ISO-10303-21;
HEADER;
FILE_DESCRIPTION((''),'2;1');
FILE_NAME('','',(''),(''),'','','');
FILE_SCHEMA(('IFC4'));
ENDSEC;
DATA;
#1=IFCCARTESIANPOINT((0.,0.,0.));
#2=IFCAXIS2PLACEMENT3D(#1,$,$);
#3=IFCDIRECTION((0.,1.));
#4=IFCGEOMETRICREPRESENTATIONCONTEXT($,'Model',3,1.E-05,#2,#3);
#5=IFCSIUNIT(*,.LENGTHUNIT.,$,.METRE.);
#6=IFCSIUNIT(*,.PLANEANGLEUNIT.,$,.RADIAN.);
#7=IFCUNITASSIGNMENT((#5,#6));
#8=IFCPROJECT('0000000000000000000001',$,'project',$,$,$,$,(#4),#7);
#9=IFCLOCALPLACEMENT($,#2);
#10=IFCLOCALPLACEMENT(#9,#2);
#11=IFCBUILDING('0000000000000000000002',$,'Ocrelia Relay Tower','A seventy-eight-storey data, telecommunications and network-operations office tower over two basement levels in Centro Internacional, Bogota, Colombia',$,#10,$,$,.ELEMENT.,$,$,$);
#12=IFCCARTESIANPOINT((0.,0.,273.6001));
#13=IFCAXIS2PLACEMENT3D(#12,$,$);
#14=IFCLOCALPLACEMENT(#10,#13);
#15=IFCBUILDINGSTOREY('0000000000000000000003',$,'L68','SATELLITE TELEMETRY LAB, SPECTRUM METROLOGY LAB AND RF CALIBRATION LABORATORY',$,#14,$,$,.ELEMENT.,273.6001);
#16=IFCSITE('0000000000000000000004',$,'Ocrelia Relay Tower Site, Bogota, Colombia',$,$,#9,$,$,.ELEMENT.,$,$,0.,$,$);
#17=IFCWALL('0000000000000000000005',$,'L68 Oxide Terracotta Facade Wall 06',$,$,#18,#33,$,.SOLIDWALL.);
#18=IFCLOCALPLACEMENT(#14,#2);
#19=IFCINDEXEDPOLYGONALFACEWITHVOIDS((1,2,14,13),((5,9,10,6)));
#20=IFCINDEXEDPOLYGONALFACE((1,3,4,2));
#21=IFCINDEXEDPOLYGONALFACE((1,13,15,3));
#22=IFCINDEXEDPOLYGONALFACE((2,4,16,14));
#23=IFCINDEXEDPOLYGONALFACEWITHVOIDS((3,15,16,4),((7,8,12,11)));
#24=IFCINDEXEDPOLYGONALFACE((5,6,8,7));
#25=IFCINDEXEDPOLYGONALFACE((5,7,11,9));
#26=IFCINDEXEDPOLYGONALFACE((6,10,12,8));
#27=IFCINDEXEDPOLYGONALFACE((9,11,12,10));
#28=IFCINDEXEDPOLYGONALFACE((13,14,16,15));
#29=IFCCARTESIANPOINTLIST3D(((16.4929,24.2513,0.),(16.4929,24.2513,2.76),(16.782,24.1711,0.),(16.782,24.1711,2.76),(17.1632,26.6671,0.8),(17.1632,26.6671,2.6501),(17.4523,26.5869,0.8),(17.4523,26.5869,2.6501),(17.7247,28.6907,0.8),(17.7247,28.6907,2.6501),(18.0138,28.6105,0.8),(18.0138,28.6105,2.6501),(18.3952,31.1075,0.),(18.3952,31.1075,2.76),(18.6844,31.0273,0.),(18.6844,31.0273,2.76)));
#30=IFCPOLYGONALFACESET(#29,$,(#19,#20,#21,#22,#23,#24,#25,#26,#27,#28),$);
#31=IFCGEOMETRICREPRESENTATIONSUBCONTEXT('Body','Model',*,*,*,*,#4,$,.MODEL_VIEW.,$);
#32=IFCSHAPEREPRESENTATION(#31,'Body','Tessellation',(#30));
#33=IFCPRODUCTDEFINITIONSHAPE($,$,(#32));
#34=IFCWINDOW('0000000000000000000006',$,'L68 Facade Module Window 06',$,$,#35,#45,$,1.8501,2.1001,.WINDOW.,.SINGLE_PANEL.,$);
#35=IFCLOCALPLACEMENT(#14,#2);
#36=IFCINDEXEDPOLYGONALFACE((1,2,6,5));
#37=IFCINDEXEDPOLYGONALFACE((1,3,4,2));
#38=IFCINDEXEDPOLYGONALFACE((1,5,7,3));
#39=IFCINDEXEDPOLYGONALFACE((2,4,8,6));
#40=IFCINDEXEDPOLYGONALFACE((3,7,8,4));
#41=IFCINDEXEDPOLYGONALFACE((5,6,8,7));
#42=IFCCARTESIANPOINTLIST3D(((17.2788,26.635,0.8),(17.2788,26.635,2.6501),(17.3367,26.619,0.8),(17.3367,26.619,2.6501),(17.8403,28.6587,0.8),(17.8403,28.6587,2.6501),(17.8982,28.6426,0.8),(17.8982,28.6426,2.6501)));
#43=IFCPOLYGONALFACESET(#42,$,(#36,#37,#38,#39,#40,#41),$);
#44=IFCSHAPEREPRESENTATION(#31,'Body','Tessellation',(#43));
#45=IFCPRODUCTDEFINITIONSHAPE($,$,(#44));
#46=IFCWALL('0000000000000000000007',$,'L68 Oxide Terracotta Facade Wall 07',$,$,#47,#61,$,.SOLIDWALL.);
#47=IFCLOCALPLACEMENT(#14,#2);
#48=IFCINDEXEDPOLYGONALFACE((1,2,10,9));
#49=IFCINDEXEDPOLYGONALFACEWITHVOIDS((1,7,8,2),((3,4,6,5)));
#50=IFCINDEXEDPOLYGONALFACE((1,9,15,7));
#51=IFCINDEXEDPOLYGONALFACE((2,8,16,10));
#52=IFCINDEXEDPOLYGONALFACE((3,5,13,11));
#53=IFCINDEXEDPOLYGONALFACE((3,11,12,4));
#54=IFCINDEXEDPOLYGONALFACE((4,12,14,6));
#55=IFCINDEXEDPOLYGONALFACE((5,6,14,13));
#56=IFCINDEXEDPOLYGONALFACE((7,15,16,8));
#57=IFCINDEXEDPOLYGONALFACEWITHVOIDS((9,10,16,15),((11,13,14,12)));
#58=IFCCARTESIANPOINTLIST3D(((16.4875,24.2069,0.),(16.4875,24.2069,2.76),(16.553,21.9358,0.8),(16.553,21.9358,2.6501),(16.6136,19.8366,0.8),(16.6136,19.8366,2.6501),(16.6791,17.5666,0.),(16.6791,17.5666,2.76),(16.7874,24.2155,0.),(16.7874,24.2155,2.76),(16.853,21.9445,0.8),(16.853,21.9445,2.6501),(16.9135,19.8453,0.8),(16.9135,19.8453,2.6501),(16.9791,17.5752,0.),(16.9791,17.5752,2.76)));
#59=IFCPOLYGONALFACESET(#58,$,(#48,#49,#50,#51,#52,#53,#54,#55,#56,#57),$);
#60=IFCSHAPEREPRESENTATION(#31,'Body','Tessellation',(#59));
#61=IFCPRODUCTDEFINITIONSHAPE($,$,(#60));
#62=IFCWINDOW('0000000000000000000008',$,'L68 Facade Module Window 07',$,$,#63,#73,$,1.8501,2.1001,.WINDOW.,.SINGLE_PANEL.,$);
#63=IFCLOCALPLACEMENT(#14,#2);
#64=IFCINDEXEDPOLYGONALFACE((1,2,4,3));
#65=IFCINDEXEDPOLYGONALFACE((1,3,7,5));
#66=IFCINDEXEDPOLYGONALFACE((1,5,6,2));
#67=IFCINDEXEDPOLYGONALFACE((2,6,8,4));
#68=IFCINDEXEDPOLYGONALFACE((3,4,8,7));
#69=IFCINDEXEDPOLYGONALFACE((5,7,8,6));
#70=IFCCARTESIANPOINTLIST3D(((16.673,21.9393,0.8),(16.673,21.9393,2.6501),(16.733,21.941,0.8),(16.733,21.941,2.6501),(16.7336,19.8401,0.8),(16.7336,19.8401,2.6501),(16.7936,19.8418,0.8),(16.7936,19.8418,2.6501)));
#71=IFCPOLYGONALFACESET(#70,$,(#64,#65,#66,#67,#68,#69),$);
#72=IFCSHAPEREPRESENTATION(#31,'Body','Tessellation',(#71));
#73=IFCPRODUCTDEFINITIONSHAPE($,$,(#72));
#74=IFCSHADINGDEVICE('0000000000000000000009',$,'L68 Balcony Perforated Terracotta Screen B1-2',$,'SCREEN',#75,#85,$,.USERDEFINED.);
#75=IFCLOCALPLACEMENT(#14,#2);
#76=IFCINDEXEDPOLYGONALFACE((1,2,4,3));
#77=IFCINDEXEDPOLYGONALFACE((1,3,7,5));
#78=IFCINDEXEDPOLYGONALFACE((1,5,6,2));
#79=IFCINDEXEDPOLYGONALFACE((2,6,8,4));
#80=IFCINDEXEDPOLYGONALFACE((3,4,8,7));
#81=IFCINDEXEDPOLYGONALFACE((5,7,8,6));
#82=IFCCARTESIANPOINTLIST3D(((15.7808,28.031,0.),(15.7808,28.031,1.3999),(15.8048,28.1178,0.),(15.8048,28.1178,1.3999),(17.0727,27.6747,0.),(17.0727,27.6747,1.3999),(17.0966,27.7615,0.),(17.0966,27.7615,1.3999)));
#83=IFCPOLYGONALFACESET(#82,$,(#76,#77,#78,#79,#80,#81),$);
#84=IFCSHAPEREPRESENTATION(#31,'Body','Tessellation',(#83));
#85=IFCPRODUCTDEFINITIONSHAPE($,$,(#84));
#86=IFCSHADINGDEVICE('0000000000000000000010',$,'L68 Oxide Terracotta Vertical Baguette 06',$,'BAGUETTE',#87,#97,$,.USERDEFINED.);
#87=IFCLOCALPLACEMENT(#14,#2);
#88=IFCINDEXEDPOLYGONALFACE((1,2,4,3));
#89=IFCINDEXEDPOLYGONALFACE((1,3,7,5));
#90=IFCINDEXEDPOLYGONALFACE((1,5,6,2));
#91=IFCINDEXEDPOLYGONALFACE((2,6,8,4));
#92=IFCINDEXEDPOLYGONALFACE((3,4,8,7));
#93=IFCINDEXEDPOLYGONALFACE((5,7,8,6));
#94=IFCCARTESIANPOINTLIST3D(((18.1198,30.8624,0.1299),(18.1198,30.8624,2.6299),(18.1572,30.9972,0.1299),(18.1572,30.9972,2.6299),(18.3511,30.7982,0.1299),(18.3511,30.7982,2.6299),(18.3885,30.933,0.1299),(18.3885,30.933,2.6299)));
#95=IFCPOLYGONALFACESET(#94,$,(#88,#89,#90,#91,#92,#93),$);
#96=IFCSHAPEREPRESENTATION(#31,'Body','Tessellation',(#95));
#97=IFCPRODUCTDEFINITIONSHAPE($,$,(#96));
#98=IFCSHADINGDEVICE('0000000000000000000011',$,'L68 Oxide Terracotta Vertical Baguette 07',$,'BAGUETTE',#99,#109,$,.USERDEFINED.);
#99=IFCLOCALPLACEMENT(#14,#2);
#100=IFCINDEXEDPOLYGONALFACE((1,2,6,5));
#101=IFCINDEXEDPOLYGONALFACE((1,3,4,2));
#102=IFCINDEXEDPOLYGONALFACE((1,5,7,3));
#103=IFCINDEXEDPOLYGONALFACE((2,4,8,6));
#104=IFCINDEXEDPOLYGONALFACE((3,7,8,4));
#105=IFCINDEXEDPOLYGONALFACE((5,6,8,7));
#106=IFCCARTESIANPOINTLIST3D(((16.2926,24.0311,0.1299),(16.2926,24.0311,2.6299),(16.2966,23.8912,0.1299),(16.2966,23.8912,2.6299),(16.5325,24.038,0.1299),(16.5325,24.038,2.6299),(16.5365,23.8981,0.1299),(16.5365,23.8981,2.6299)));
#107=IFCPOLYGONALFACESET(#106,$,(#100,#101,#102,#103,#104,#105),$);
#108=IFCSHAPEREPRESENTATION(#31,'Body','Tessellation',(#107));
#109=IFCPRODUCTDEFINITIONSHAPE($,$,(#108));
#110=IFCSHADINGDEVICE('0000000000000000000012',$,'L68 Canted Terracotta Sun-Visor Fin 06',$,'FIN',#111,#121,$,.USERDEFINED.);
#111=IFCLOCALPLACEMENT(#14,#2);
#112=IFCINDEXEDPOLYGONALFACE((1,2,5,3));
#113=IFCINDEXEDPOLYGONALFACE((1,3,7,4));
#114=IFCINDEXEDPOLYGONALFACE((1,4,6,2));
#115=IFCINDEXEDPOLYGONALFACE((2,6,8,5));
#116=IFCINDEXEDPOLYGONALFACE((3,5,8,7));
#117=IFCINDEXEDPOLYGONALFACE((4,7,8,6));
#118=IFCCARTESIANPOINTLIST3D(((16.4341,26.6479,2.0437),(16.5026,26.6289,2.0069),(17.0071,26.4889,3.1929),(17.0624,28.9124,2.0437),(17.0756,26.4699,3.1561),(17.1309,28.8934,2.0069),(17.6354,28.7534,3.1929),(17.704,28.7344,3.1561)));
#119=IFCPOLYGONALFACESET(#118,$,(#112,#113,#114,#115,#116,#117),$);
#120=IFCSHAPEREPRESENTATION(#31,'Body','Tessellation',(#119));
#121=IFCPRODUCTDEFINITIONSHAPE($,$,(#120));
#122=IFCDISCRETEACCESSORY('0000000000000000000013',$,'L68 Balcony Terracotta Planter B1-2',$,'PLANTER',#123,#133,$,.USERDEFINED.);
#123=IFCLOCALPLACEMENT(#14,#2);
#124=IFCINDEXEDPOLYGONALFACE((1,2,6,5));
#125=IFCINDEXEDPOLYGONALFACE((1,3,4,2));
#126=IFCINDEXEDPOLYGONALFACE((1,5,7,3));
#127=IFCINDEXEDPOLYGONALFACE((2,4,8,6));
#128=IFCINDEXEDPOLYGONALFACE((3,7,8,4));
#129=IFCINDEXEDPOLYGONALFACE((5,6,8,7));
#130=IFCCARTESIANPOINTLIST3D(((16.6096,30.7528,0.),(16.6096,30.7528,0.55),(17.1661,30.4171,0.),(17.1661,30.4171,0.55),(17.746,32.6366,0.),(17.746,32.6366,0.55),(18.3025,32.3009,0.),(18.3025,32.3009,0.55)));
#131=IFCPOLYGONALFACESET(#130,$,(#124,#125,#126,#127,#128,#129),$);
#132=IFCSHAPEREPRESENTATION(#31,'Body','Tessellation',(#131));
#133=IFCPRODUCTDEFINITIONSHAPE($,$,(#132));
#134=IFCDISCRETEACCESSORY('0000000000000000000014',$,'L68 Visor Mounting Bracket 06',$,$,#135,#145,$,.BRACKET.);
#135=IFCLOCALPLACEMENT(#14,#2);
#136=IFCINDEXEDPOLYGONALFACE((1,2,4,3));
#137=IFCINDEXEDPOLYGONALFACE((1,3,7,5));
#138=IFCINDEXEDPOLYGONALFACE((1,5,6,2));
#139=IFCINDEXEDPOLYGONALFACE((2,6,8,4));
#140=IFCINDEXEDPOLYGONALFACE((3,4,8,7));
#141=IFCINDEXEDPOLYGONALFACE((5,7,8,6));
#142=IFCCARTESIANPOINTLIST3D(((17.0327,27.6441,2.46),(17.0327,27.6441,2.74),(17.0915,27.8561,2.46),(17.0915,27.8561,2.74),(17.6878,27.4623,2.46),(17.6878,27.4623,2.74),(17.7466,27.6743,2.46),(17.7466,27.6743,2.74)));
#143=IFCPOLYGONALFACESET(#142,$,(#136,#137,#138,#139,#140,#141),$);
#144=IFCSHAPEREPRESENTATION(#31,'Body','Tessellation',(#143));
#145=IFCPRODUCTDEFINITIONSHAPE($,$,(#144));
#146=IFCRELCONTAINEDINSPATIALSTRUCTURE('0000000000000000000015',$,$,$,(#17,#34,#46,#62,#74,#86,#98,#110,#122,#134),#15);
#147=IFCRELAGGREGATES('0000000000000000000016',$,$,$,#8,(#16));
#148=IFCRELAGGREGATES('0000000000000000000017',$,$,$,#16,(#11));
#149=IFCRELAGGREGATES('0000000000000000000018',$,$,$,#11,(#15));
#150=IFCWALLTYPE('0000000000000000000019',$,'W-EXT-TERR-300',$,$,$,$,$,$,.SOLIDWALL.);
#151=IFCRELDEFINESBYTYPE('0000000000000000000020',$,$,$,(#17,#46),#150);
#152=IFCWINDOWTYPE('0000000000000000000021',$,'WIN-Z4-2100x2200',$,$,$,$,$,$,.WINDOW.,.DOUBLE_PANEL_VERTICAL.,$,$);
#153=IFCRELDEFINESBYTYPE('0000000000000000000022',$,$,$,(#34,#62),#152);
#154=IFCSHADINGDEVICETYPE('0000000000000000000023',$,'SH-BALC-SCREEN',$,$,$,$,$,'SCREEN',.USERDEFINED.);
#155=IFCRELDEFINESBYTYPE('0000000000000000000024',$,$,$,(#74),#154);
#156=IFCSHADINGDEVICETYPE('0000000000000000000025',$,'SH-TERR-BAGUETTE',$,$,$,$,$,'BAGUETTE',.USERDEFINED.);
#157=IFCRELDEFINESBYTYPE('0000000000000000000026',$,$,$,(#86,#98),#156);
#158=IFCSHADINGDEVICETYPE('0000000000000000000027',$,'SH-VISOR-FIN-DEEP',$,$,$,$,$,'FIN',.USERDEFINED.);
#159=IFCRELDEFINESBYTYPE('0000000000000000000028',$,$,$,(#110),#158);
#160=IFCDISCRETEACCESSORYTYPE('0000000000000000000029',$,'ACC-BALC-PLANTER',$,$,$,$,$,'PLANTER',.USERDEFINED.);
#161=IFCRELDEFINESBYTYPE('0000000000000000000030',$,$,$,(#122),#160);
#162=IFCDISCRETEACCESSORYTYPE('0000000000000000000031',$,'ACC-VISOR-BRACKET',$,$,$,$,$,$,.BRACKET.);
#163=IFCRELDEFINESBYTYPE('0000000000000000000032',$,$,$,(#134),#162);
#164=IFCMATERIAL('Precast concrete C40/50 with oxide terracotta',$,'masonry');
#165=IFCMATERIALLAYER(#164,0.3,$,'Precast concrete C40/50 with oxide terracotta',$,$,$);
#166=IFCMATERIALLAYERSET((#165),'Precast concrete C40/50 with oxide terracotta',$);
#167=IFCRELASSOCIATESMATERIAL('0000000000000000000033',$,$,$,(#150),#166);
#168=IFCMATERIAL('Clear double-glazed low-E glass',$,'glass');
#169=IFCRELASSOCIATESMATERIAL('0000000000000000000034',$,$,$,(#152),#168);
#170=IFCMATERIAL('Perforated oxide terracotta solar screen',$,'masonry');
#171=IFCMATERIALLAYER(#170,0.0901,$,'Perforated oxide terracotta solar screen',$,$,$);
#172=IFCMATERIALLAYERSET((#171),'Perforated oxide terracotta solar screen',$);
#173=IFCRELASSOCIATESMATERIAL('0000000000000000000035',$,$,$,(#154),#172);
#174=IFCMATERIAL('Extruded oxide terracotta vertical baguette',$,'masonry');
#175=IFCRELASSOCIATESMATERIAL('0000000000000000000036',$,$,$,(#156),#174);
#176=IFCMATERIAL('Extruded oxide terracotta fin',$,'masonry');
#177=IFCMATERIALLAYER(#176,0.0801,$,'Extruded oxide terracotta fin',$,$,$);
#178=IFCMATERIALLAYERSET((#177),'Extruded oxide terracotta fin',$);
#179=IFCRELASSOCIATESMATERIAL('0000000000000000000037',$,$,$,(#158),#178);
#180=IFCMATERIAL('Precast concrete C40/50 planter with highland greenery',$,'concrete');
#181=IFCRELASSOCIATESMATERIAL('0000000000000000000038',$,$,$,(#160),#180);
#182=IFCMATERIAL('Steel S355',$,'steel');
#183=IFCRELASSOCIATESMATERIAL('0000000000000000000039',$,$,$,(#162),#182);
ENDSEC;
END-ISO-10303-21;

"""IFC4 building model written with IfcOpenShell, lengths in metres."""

from ifc_helpers import new_model, si_unit, direction, frame, frame_2d, origin, origin_2d, place, context, subcontext, project, spatial, rectangle, extrude, material, layer, layer_set, type_object, element, fill, save


model = new_model("IFC4")

# Units and contexts
model_context = context("Model", 3, precision=1e-05, world=origin(), true_north=direction((0.0, 1.0)))
body_context = subcontext(model_context, "Body", "Model", "MODEL_VIEW")
ifc_project = project(units=[si_unit("LENGTHUNIT", "METRE"), si_unit("PLANEANGLEUNIT", "RADIAN")], contexts=[model_context])

# Site, building, storey
site_placement = place(None, origin())
site = spatial("IfcSite", under=ifc_project, at=site_placement, Name="Ocrelia Relay Tower Site, Bogota, Colombia", CompositionType="ELEMENT", RefElevation=0.0)
building_placement = place(site_placement, origin())
building = spatial("IfcBuilding", under=site, at=building_placement, Name="Ocrelia Relay Tower", Description="A seventy-eight-storey data, telecommunications and network-operations office tower over two basement levels in Centro Internacional, Bogota, Colombia", CompositionType="ELEMENT")
storey_placement = place(building_placement, frame((0.0, 0.0, 273.6001)))
storey = spatial("IfcBuildingStorey", under=building, at=storey_placement, Name="L68", Description="SATELLITE TELEMETRY LAB, SPECTRUM METROLOGY LAB AND RF CALIBRATION LABORATORY", CompositionType="ELEMENT", Elevation=273.6001)

# Shared definitions
ifc_material_1 = material(Name="Steel S355", Category="steel")

# Walls, openings, windows
ifc_material_2 = material(Name="Precast concrete C40/50 with oxide terracotta", Category="masonry")
ifc_layer_1 = layer(ifc_material_2, 0.3, Name="Precast concrete C40/50 with oxide terracotta")
ifc_layer_set_1 = layer_set([ifc_layer_1], Name="Precast concrete C40/50 with oxide terracotta")
wall_type_1 = type_object("IfcWallType", Name="W-EXT-TERR-300", PredefinedType="SOLIDWALL", material=ifc_layer_set_1)
wall_1_placement = place(storey_placement, frame((18.5398, 31.0674, 0.0), z_axis=(0.0, 0.0, 1.0), x_axis=(-0.267362, -0.963596, 0.0)))
wall_1 = element("IfcWall", 1, at=wall_1_placement, inside=storey, type_object=wall_type_1, Name="L68 Oxide Terracotta Facade Wall 06", PredefinedType="SOLIDWALL", context=body_context, shape_type="SweptSolid", body=[
    extrude(rectangle(XDim=7.1152, YDim=0.3, at=frame_2d((3.5576, 0.0))), origin(), (0.0, 0.0, 1.0), 2.76),
])
opening_1_placement = place(wall_1_placement, frame((2.5081, 0.0, 0.8)))
opening_1 = element("IfcOpeningElement", 2, at=opening_1_placement, cuts=wall_1, PredefinedType="OPENING", context=body_context, shape_type="SweptSolid", body=[
    extrude(rectangle(XDim=2.1001, YDim=1.8501, at=frame_2d((1.05, 0.925))), frame((0.0, 0.1602, 0.0), z_axis=(0.0, -1.0, 0.0), x_axis=(1.0, 0.0, 0.0)), (0.0, 0.0, 1.0), 0.3201),
])
ifc_material_3 = material(Name="Clear double-glazed low-E glass", Category="glass")
window_type = type_object("IfcWindowType", Name="WIN-Z4-2100x2200", PartitioningType="DOUBLE_PANEL_VERTICAL", PredefinedType="WINDOW", material=ifc_material_3)
window_1_placement = place(opening_1_placement, origin())
window_1 = element("IfcWindow", 3, at=window_1_placement, inside=storey, type_object=window_type, Name="L68 Facade Module Window 06", OverallHeight=1.8501, OverallWidth=2.1001, PartitioningType="SINGLE_PANEL", PredefinedType="WINDOW", context=body_context, shape_type="SweptSolid", body=[
    extrude(rectangle(XDim=2.1001, YDim=1.8501, at=frame_2d((1.05, 0.925))), frame((0.0, 0.03, 0.0), z_axis=(0.0, -1.0, 0.0), x_axis=(1.0, 0.0, 0.0)), (0.0, 0.0, 1.0), 0.0601),
])
fill(opening_1, window_1)
wall_2_placement = place(storey_placement, frame((16.6375, 24.2112, 0.0), z_axis=(0.0, 0.0, 1.0), x_axis=(0.028849, -0.999584, 0.0)))
wall_2 = element("IfcWall", 4, at=wall_2_placement, inside=storey, type_object=wall_type_1, Name="L68 Oxide Terracotta Facade Wall 07", PredefinedType="SOLIDWALL", context=body_context, shape_type="SweptSolid", body=[
    extrude(rectangle(XDim=6.6431, YDim=0.3, at=frame_2d((3.3215, 0.0))), origin(), (0.0, 0.0, 1.0), 2.76),
])
opening_2_placement = place(wall_2_placement, frame((2.272, 0.0, 0.8)))
opening_2 = element("IfcOpeningElement", 5, at=opening_2_placement, cuts=wall_2, PredefinedType="OPENING", context=body_context, shape_type="SweptSolid", body=[
    extrude(rectangle(XDim=2.1001, YDim=1.8501, at=frame_2d((1.05, 0.925))), frame((0.0, 0.1602, 0.0), z_axis=(0.0, -1.0, 0.0), x_axis=(1.0, 0.0, 0.0)), (0.0, 0.0, 1.0), 0.3201),
])
window_2_placement = place(opening_2_placement, origin())
window_2 = element("IfcWindow", 6, at=window_2_placement, inside=storey, type_object=window_type, Name="L68 Facade Module Window 07", OverallHeight=1.8501, OverallWidth=2.1001, PartitioningType="SINGLE_PANEL", PredefinedType="WINDOW", context=body_context, shape_type="SweptSolid", body=[
    extrude(rectangle(XDim=2.1001, YDim=1.8501, at=frame_2d((1.05, 0.925))), frame((0.0, 0.03, 0.0), z_axis=(0.0, -1.0, 0.0), x_axis=(1.0, 0.0, 0.0)), (0.0, 0.0, 1.0), 0.0601),
])
fill(opening_2, window_2)

# Shading devices
ifc_material_4 = material(Name="Perforated oxide terracotta solar screen", Category="masonry")
ifc_layer_2 = layer(ifc_material_4, 0.0901, Name="Perforated oxide terracotta solar screen")
ifc_layer_set_2 = layer_set([ifc_layer_2], Name="Perforated oxide terracotta solar screen")
shading_device_type_1 = type_object("IfcShadingDeviceType", Name="SH-BALC-SCREEN", ElementType="SCREEN", PredefinedType="USERDEFINED", material=ifc_layer_set_2)
shading_device_1_placement = place(storey_placement, frame((16.4387, 27.8962, 0.0), z_axis=(0.0, 0.0, 1.0), x_axis=(-0.964005, 0.265885, 0.0)))
element("IfcShadingDevice", 7, at=shading_device_1_placement, inside=storey, type_object=shading_device_type_1, Name="L68 Balcony Perforated Terracotta Screen B1-2", ObjectType="SCREEN", PredefinedType="USERDEFINED", context=body_context, shape_type="SweptSolid", body=[
    extrude(rectangle(XDim=1.3401, YDim=0.0901, at=origin_2d()), origin(), (0.0, 0.0, 1.0), 1.3999),
])
ifc_material_5 = material(Name="Extruded oxide terracotta vertical baguette", Category="masonry")
shading_device_type_2 = type_object("IfcShadingDeviceType", Name="SH-TERR-BAGUETTE", ElementType="BAGUETTE", PredefinedType="USERDEFINED", material=ifc_material_5)
for number, where, z_axis, x_axis, name in (
    (8, (18.2542, 30.8977, 0.1299), (0.0, 0.0, 1.0), (-0.26737, -0.963594, 0.0), "L68 Oxide Terracotta Vertical Baguette 06"),
    (9, (16.4146, 23.9646, 0.1299), (0.0, 0.0, 1.0), (0.028857, -0.999584, 0.0), "L68 Oxide Terracotta Vertical Baguette 07"),
):
    element("IfcShadingDevice", number, at=place(storey_placement, frame(where, z_axis=z_axis, x_axis=x_axis)), inside=storey, type_object=shading_device_type_2, Name=name, ObjectType="BAGUETTE", PredefinedType="USERDEFINED", context=body_context, shape_type="SweptSolid", body=[
        extrude(rectangle(XDim=0.1399, YDim=0.24, at=origin_2d()), origin(), (0.0, 0.0, 1.0), 2.5),
    ])
ifc_material_6 = material(Name="Extruded oxide terracotta fin", Category="masonry")
ifc_layer_3 = layer(ifc_material_6, 0.0801, Name="Extruded oxide terracotta fin")
ifc_layer_set_3 = layer_set([ifc_layer_3], Name="Extruded oxide terracotta fin")
shading_device_type_3 = type_object("IfcShadingDeviceType", Name="SH-VISOR-FIN-DEEP", ElementType="FIN", PredefinedType="USERDEFINED", material=ifc_layer_set_3)
shading_device_2_placement = place(storey_placement, frame((17.1033, 27.6816, 2.5815), z_axis=(-0.855803, 0.237461, 0.45958), x_axis=(-0.26737, -0.963594, 0.0)))
element("IfcShadingDevice", 10, at=shading_device_2_placement, inside=storey, type_object=shading_device_type_3, Name="L68 Canted Terracotta Sun-Visor Fin 06", ObjectType="FIN", PredefinedType="USERDEFINED", context=body_context, shape_type="SweptSolid", body=[
    extrude(rectangle(XDim=2.3501, YDim=1.2939, at=origin_2d()), origin(), (0.0, 0.0, 1.0), 0.0801),
])

# Discrete accessories
ifc_material_7 = material(Name="Precast concrete C40/50 planter with highland greenery", Category="concrete")
discrete_accessory_type_1 = type_object("IfcDiscreteAccessoryType", Name="ACC-BALC-PLANTER", ElementType="PLANTER", PredefinedType="USERDEFINED", material=ifc_material_7)
discrete_accessory_1_placement = place(storey_placement, frame((17.4561, 31.5269, 0.0), z_axis=(0.0, 0.0, 1.0), x_axis=(0.516531, 0.856268, 0.0)))
element("IfcDiscreteAccessory", 11, at=discrete_accessory_1_placement, inside=storey, type_object=discrete_accessory_type_1, Name="L68 Balcony Terracotta Planter B1-2", ObjectType="PLANTER", PredefinedType="USERDEFINED", context=body_context, shape_type="SweptSolid", body=[
    extrude(rectangle(XDim=2.2, YDim=0.6499, at=origin_2d()), origin(), (0.0, 0.0, 1.0), 0.55),
])
discrete_accessory_type_2 = type_object("IfcDiscreteAccessoryType", Name="ACC-VISOR-BRACKET", PredefinedType="BRACKET", material=ifc_material_1)
discrete_accessory_2_placement = place(storey_placement, frame((17.3896, 27.6592, 2.46), z_axis=(0.0, 0.0, 1.0), x_axis=(-0.26737, -0.963594, 0.0)))
element("IfcDiscreteAccessory", 12, at=discrete_accessory_2_placement, inside=storey, type_object=discrete_accessory_type_2, Name="L68 Visor Mounting Bracket 06", PredefinedType="BRACKET", context=body_context, shape_type="SweptSolid", body=[
    extrude(rectangle(XDim=0.22, YDim=0.6799, at=origin_2d()), origin(), (0.0, 0.0, 1.0), 0.28),
])

save(model, "model.ifc")
